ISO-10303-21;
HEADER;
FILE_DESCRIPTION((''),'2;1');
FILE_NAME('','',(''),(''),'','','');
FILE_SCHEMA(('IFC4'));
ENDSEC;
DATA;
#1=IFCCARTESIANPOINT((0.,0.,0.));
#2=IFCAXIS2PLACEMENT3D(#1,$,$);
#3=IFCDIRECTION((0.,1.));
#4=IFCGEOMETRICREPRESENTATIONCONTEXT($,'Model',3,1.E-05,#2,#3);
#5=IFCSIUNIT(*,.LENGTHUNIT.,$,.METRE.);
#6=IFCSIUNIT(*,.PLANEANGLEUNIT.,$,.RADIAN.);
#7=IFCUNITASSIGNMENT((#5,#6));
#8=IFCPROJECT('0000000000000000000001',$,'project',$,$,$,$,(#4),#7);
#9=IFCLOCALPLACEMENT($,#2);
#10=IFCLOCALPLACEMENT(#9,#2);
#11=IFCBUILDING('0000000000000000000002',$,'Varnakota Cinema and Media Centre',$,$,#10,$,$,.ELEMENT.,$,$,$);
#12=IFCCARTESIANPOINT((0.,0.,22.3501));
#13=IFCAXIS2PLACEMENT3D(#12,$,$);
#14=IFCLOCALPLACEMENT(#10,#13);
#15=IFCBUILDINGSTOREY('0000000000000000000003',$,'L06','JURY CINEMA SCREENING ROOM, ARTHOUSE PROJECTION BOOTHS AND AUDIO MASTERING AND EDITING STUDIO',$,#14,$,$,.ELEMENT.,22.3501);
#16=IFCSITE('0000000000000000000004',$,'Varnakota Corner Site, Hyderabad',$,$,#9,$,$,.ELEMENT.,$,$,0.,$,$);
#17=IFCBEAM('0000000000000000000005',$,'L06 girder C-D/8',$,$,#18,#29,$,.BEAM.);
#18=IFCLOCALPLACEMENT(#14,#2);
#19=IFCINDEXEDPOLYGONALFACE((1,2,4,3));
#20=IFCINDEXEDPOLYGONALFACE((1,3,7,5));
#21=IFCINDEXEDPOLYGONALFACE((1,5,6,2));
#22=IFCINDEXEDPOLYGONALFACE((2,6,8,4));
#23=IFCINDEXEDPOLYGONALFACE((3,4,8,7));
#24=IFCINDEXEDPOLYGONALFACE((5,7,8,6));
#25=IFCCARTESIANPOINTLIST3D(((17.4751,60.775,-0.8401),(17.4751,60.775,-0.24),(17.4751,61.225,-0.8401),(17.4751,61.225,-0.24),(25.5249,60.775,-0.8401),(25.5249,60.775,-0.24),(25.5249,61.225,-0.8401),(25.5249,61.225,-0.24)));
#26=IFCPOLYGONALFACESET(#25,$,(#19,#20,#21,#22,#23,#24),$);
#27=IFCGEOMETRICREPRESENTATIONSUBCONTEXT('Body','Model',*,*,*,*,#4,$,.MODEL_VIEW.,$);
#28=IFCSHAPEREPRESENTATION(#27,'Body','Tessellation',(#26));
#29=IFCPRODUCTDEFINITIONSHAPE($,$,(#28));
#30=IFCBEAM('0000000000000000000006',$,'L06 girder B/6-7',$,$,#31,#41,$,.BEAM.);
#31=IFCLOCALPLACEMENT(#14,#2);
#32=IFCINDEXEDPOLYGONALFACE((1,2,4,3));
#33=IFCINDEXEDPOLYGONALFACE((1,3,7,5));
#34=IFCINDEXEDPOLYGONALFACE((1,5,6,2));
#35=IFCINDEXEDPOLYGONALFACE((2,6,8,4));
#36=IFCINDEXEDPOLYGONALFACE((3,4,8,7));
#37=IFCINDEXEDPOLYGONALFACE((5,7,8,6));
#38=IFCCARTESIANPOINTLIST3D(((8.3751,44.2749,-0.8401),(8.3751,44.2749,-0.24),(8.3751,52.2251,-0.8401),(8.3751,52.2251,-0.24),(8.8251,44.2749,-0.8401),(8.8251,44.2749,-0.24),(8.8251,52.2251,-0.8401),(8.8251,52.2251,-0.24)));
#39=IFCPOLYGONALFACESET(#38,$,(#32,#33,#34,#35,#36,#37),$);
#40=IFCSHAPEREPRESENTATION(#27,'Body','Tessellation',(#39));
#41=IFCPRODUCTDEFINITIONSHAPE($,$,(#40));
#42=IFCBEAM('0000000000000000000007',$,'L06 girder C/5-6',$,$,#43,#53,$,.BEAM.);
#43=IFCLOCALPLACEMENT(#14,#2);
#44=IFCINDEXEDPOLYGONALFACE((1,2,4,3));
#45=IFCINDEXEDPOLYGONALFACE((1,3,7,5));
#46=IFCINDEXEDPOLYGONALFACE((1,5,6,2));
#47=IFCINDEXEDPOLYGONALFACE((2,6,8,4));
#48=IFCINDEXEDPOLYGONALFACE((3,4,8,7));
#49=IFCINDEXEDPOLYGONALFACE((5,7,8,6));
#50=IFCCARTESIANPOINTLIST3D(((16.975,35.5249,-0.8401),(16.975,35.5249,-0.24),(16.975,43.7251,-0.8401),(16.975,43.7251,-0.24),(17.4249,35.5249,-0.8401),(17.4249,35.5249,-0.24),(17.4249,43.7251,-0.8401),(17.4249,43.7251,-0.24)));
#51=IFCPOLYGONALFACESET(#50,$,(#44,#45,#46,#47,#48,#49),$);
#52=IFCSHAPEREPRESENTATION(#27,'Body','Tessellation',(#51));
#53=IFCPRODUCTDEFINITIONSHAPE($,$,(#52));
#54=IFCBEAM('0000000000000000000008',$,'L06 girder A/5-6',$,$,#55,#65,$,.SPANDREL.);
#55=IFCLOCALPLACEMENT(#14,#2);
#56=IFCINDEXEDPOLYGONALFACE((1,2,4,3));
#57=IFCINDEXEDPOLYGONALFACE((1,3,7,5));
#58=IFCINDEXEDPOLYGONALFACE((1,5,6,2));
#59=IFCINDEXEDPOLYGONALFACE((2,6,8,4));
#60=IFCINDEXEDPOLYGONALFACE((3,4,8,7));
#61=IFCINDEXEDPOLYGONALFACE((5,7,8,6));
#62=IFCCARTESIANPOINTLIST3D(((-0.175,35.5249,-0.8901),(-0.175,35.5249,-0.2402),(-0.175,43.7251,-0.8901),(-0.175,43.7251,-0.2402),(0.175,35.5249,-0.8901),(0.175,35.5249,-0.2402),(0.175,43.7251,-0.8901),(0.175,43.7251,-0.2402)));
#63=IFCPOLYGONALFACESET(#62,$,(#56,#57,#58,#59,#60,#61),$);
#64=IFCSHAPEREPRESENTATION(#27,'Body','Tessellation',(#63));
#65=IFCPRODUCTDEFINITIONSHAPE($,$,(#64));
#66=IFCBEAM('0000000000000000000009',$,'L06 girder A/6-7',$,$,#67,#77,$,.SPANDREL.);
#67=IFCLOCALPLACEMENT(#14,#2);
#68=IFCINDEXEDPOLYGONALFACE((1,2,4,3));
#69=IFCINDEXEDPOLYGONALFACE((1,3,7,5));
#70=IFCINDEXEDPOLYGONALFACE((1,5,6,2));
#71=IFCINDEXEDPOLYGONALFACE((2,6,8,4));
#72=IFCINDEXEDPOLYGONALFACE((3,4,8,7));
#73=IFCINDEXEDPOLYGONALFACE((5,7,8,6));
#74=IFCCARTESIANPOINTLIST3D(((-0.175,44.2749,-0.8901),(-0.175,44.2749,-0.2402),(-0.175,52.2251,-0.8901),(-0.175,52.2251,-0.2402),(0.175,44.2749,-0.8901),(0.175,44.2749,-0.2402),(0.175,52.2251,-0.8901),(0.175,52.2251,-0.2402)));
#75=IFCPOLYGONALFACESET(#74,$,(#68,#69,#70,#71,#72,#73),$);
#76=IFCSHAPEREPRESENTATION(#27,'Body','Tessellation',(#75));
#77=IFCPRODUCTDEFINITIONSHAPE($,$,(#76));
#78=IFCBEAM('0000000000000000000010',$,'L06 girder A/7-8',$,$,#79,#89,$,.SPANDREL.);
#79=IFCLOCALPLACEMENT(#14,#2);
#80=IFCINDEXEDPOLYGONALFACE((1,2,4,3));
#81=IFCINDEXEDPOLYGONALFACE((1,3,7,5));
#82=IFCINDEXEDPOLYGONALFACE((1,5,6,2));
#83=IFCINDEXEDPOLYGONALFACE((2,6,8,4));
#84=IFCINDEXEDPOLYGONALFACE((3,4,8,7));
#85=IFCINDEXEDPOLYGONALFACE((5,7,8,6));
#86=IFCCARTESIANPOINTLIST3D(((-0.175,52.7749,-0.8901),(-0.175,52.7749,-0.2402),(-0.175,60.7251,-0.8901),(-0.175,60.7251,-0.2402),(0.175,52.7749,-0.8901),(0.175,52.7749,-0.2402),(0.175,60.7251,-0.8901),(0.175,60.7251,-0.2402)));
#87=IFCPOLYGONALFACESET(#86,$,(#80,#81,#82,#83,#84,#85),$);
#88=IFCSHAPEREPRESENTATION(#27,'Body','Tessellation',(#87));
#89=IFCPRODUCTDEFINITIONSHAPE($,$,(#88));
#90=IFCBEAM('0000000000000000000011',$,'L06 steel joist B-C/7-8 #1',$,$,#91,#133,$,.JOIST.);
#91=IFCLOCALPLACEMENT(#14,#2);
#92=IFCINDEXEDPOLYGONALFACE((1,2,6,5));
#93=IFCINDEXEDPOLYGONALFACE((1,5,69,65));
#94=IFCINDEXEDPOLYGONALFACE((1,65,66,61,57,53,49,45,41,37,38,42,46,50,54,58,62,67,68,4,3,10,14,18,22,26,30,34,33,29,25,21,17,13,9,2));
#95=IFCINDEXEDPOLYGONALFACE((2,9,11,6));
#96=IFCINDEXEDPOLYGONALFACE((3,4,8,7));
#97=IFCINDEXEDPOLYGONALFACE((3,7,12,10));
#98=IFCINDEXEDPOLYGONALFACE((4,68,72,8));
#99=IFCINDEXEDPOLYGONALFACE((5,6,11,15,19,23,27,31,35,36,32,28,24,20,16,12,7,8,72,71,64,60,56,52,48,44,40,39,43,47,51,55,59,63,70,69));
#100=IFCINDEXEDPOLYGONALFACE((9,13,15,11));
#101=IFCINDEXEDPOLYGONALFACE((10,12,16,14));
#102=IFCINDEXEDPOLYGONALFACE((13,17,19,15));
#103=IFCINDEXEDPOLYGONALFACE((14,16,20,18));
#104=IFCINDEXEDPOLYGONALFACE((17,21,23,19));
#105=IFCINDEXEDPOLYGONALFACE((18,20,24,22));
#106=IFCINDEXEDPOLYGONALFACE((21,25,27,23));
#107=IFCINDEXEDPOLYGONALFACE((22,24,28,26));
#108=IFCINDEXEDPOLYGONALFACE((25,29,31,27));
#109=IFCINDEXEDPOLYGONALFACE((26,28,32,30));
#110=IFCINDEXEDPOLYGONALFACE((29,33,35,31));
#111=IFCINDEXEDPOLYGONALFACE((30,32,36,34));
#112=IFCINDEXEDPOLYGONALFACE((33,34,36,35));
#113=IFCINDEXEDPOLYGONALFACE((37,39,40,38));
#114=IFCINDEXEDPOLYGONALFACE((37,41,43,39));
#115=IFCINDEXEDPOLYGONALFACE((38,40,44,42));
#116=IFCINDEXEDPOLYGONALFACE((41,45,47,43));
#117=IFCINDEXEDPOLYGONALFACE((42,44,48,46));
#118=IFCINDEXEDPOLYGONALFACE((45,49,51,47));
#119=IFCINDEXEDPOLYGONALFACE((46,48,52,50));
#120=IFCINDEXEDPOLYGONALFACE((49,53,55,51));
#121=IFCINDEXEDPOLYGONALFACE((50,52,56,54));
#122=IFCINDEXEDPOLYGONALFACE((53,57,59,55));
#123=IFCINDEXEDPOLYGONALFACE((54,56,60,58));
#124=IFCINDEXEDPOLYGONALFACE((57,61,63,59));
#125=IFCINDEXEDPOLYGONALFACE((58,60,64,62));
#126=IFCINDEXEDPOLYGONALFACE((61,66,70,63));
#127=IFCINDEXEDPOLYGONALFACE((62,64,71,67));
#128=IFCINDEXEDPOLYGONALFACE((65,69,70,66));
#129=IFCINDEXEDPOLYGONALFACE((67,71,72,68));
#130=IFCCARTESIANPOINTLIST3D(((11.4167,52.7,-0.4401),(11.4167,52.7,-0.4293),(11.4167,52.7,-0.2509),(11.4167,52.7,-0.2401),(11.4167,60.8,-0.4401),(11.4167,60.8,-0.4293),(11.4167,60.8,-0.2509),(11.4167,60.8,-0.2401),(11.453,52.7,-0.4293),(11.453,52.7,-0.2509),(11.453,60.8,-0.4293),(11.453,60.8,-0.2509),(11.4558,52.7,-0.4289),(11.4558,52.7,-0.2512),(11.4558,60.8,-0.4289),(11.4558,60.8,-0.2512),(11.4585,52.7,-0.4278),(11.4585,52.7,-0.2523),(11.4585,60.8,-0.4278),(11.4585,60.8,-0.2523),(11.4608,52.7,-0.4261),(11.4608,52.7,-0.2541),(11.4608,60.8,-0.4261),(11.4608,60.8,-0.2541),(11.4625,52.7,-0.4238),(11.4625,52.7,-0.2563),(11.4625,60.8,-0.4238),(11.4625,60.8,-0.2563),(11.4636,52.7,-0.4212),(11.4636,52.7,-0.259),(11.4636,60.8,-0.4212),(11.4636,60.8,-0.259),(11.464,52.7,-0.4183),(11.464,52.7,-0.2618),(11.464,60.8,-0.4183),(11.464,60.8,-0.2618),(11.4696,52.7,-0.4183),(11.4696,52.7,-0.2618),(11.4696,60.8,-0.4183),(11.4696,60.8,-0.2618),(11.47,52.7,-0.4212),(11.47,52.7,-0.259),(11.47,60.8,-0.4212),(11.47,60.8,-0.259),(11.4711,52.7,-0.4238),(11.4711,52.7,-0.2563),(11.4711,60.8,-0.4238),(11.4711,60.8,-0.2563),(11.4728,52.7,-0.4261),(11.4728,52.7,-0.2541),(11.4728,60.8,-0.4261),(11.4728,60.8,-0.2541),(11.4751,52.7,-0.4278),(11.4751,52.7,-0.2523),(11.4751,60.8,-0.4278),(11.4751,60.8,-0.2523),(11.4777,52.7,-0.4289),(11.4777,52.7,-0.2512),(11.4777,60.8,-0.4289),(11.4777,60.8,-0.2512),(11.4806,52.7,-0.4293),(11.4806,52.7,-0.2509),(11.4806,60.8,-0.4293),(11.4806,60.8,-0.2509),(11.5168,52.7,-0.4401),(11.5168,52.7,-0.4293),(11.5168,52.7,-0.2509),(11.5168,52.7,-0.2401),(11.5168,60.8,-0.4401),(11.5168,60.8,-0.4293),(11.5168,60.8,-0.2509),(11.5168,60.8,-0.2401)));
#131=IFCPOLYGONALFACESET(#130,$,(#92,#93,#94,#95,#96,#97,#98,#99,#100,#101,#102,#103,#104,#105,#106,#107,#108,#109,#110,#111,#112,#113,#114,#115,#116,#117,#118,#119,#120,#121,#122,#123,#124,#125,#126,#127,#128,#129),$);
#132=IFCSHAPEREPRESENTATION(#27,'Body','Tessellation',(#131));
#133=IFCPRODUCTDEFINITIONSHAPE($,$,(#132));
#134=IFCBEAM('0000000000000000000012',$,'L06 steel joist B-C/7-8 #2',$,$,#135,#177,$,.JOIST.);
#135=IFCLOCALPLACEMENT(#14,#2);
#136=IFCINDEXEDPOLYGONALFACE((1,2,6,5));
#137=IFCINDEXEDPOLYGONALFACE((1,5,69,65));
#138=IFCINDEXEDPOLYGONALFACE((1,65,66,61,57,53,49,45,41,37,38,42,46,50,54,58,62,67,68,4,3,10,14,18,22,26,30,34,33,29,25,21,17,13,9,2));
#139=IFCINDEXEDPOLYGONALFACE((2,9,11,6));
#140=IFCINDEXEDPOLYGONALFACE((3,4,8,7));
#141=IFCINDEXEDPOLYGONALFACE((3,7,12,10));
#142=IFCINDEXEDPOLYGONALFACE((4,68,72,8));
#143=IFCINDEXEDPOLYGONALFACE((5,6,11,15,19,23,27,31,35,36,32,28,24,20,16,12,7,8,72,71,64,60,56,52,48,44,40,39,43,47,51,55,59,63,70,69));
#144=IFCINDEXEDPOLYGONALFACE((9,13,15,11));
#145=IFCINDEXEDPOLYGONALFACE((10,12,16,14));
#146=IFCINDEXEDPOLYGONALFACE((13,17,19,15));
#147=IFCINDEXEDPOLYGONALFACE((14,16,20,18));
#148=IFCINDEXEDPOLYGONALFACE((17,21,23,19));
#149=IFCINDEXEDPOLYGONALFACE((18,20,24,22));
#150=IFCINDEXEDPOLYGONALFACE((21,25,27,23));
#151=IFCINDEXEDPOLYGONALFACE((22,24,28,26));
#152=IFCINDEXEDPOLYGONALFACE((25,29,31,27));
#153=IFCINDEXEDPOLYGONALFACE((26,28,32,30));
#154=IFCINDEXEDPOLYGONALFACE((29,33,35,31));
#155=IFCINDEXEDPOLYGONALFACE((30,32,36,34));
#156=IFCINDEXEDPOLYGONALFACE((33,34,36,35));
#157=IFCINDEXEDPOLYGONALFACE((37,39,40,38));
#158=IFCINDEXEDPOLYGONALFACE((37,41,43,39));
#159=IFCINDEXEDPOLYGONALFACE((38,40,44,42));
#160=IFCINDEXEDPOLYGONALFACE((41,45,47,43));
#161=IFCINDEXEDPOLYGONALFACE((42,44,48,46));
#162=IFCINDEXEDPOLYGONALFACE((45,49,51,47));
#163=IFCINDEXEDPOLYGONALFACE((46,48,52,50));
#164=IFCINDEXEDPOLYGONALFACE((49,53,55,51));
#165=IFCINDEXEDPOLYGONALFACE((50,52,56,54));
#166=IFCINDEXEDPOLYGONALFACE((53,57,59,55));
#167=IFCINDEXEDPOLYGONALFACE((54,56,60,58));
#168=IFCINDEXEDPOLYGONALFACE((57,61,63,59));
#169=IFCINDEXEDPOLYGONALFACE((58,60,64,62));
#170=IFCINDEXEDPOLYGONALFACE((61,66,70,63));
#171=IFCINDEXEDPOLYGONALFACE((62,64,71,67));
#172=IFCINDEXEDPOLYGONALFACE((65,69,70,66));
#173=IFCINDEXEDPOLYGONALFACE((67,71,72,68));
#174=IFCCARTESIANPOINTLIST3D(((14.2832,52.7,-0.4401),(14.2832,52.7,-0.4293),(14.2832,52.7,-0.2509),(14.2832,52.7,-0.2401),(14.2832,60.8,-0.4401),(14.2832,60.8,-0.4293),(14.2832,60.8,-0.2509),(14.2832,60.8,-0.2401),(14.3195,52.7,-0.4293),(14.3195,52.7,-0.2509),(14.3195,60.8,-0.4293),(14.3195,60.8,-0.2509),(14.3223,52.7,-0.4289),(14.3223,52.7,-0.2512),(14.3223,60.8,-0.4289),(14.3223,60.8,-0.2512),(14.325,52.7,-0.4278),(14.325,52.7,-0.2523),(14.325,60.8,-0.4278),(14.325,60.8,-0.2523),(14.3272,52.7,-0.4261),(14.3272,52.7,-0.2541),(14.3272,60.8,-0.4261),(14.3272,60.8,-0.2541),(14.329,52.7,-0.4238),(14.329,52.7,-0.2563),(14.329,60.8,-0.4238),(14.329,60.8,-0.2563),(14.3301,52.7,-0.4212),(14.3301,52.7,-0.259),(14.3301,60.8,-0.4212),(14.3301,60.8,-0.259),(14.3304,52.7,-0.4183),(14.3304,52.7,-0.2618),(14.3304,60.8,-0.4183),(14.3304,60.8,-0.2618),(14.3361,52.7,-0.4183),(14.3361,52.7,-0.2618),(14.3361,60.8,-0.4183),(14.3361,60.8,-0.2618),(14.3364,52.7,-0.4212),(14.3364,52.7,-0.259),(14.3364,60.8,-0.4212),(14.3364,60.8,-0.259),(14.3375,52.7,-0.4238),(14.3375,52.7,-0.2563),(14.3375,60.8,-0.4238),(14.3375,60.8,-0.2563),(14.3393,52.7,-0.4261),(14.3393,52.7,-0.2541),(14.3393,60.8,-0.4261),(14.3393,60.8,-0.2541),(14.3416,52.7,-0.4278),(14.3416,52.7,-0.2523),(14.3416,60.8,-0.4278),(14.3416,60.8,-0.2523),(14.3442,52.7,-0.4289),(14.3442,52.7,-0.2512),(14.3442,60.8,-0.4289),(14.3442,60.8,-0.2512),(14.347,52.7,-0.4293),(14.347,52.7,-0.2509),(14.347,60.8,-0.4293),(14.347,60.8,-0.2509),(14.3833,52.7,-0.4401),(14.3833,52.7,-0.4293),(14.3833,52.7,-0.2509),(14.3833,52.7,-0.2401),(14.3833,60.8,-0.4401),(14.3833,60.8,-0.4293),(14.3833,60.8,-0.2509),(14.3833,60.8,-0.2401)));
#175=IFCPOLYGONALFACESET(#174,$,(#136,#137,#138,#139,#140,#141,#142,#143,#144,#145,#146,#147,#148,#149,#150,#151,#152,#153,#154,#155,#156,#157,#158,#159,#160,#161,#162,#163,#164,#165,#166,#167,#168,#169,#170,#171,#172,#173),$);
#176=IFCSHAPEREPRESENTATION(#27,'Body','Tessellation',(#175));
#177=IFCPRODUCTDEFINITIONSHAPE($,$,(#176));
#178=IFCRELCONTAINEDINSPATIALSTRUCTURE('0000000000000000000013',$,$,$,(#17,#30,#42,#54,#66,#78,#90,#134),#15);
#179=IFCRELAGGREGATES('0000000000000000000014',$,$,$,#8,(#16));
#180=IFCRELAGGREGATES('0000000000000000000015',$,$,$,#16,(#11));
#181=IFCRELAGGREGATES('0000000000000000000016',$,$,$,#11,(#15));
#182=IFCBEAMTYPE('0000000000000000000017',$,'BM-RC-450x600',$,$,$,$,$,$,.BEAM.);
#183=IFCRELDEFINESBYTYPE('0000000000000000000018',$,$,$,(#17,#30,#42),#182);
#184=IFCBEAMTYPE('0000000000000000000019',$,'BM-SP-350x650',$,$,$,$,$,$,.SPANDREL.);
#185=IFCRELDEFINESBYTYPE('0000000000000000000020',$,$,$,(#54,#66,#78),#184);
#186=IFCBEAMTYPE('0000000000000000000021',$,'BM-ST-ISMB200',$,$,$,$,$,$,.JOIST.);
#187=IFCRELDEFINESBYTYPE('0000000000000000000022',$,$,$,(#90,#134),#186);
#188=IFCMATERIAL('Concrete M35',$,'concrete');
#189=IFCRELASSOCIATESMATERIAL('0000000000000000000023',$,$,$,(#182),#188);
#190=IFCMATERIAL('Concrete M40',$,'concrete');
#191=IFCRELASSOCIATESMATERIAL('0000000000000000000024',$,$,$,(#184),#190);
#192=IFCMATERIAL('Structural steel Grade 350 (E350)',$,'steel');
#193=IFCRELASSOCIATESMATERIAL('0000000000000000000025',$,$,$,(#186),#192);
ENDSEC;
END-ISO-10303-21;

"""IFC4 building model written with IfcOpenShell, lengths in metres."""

from ifc_helpers import new_model, si_unit, direction, frame, origin, origin_2d, place, context, subcontext, project, spatial, rectangle, i_section, extrude, material, material_profile, profile_set, type_object, element, save


model = new_model("IFC4")

# Units and contexts
model_context = context("Model", 3, precision=1e-05, world=origin(), true_north=direction((0.0, 1.0)))
body_context = subcontext(model_context, "Body", "Model", "MODEL_VIEW")
ifc_project = project(units=[si_unit("LENGTHUNIT", "METRE"), si_unit("PLANEANGLEUNIT", "RADIAN")], contexts=[model_context])

# Site, building, storey
site_placement = place(None, origin())
site = spatial("IfcSite", under=ifc_project, at=site_placement, Name="Varnakota Corner Site, Hyderabad", CompositionType="ELEMENT", RefElevation=0.0)
building_placement = place(site_placement, origin())
building = spatial("IfcBuilding", under=site, at=building_placement, Name="Varnakota Cinema and Media Centre", CompositionType="ELEMENT")
storey_placement = place(building_placement, frame((0.0, 0.0, 22.3501)))
storey = spatial("IfcBuildingStorey", under=building, at=storey_placement, Name="L06", Description="JURY CINEMA SCREENING ROOM, ARTHOUSE PROJECTION BOOTHS AND AUDIO MASTERING AND EDITING STUDIO", CompositionType="ELEMENT", Elevation=22.3501)

# Beams
ifc_material_1 = material(Name="Concrete M35", Category="concrete")
ifc_material_profile_1 = material_profile(ifc_material_1, rectangle(XDim=0.45, YDim=0.6001, at=origin_2d()), Name="RCB 450x600")
ifc_profile_set_1 = profile_set([ifc_material_profile_1], Name="Concrete M35")
beam_type_1 = type_object("IfcBeamType", Name="BM-RC-450x600", PredefinedType="BEAM", material=ifc_profile_set_1)
beam_1_placement = place(storey_placement, frame((17.4751, 61.0, -0.54), z_axis=(1.0, 0.0, 0.0), x_axis=(0.0, 1.0, 0.0)))
element("IfcBeam", 1, at=beam_1_placement, inside=storey, type_object=beam_type_1, Name="L06 girder C-D/8", PredefinedType="BEAM", context=body_context, shape_type="SweptSolid", body=[
    extrude(rectangle(XDim=0.45, YDim=0.6001, at=origin_2d()), origin(), (0.0, 0.0, 1.0), 8.0498),
])
beam_2_placement = place(storey_placement, frame((8.6001, 44.2749, -0.54), z_axis=(0.0, 1.0, 0.0), x_axis=(-1.0, 0.0, 0.0)))
element("IfcBeam", 2, at=beam_2_placement, inside=storey, type_object=beam_type_1, Name="L06 girder B/6-7", PredefinedType="BEAM", context=body_context, shape_type="SweptSolid", body=[
    extrude(rectangle(XDim=0.45, YDim=0.6001, at=origin_2d()), origin(), (0.0, 0.0, 1.0), 7.9502),
])
beam_3_placement = place(storey_placement, frame((17.2, 35.5249, -0.54), z_axis=(0.0, 1.0, 0.0), x_axis=(-1.0, 0.0, 0.0)))
element("IfcBeam", 3, at=beam_3_placement, inside=storey, type_object=beam_type_1, Name="L06 girder C/5-6", PredefinedType="BEAM", context=body_context, shape_type="SweptSolid", body=[
    extrude(rectangle(XDim=0.45, YDim=0.6001, at=origin_2d()), origin(), (0.0, 0.0, 1.0), 8.2002),
])
ifc_material_2 = material(Name="Concrete M40", Category="concrete")
ifc_material_profile_2 = material_profile(ifc_material_2, rectangle(XDim=0.3501, YDim=0.6499, at=origin_2d()), Name="RCB 350x650")
ifc_profile_set_2 = profile_set([ifc_material_profile_2], Name="Concrete M40")
beam_type_2 = type_object("IfcBeamType", Name="BM-SP-350x650", PredefinedType="SPANDREL", material=ifc_profile_set_2)
beam_4_placement = place(storey_placement, frame((0.0, 35.5249, -0.5652), z_axis=(0.0, 1.0, 0.0), x_axis=(-1.0, 0.0, 0.0)))
element("IfcBeam", 4, at=beam_4_placement, inside=storey, type_object=beam_type_2, Name="L06 girder A/5-6", PredefinedType="SPANDREL", context=body_context, shape_type="SweptSolid", body=[
    extrude(rectangle(XDim=0.3501, YDim=0.6499, at=origin_2d()), origin(), (0.0, 0.0, 1.0), 8.2002),
])
for number, where, z_axis, x_axis, name in (
    (5, (0.0, 44.2749, -0.5652), (0.0, 1.0, 0.0), (-1.0, 0.0, 0.0), "L06 girder A/6-7"),
    (6, (0.0, 52.7749, -0.5652), (0.0, 1.0, 0.0), (-1.0, 0.0, 0.0), "L06 girder A/7-8"),
):
    element("IfcBeam", number, at=place(storey_placement, frame(where, z_axis=z_axis, x_axis=x_axis)), inside=storey, type_object=beam_type_2, Name=name, PredefinedType="SPANDREL", context=body_context, shape_type="SweptSolid", body=[
        extrude(rectangle(XDim=0.3501, YDim=0.6499, at=origin_2d()), origin(), (0.0, 0.0, 1.0), 7.9502),
    ])
ifc_material_3 = material(Name="Structural steel Grade 350 (E350)", Category="steel")
ifc_material_profile_3 = material_profile(ifc_material_3, i_section(OverallWidth=0.1001, OverallDepth=0.2, WebThickness=0.0056, FlangeThickness=0.0107, FilletRadius=0.011, at=origin_2d()), Name="ISMB 200")
ifc_profile_set_3 = profile_set([ifc_material_profile_3], Name="Structural steel Grade 350 (E350)")
beam_type_3 = type_object("IfcBeamType", Name="BM-ST-ISMB200", PredefinedType="JOIST", material=ifc_profile_set_3)
for number, where, z_axis, x_axis, name in (
    (7, (11.4668, 52.7, -0.3401), (0.0, 1.0, 0.0), (-1.0, 0.0, 0.0), "L06 steel joist B-C/7-8 #1"),
    (8, (14.3333, 52.7, -0.3401), (0.0, 1.0, 0.0), (-1.0, 0.0, 0.0), "L06 steel joist B-C/7-8 #2"),
):
    element("IfcBeam", number, at=place(storey_placement, frame(where, z_axis=z_axis, x_axis=x_axis)), inside=storey, type_object=beam_type_3, Name=name, PredefinedType="JOIST", context=body_context, shape_type="SweptSolid", body=[
        extrude(i_section(OverallWidth=0.1001, OverallDepth=0.2, WebThickness=0.0056, FlangeThickness=0.0107, FilletRadius=0.011, at=origin_2d()), origin(), (0.0, 0.0, 1.0), 8.1001),
    ])

save(model, "model.ifc")
